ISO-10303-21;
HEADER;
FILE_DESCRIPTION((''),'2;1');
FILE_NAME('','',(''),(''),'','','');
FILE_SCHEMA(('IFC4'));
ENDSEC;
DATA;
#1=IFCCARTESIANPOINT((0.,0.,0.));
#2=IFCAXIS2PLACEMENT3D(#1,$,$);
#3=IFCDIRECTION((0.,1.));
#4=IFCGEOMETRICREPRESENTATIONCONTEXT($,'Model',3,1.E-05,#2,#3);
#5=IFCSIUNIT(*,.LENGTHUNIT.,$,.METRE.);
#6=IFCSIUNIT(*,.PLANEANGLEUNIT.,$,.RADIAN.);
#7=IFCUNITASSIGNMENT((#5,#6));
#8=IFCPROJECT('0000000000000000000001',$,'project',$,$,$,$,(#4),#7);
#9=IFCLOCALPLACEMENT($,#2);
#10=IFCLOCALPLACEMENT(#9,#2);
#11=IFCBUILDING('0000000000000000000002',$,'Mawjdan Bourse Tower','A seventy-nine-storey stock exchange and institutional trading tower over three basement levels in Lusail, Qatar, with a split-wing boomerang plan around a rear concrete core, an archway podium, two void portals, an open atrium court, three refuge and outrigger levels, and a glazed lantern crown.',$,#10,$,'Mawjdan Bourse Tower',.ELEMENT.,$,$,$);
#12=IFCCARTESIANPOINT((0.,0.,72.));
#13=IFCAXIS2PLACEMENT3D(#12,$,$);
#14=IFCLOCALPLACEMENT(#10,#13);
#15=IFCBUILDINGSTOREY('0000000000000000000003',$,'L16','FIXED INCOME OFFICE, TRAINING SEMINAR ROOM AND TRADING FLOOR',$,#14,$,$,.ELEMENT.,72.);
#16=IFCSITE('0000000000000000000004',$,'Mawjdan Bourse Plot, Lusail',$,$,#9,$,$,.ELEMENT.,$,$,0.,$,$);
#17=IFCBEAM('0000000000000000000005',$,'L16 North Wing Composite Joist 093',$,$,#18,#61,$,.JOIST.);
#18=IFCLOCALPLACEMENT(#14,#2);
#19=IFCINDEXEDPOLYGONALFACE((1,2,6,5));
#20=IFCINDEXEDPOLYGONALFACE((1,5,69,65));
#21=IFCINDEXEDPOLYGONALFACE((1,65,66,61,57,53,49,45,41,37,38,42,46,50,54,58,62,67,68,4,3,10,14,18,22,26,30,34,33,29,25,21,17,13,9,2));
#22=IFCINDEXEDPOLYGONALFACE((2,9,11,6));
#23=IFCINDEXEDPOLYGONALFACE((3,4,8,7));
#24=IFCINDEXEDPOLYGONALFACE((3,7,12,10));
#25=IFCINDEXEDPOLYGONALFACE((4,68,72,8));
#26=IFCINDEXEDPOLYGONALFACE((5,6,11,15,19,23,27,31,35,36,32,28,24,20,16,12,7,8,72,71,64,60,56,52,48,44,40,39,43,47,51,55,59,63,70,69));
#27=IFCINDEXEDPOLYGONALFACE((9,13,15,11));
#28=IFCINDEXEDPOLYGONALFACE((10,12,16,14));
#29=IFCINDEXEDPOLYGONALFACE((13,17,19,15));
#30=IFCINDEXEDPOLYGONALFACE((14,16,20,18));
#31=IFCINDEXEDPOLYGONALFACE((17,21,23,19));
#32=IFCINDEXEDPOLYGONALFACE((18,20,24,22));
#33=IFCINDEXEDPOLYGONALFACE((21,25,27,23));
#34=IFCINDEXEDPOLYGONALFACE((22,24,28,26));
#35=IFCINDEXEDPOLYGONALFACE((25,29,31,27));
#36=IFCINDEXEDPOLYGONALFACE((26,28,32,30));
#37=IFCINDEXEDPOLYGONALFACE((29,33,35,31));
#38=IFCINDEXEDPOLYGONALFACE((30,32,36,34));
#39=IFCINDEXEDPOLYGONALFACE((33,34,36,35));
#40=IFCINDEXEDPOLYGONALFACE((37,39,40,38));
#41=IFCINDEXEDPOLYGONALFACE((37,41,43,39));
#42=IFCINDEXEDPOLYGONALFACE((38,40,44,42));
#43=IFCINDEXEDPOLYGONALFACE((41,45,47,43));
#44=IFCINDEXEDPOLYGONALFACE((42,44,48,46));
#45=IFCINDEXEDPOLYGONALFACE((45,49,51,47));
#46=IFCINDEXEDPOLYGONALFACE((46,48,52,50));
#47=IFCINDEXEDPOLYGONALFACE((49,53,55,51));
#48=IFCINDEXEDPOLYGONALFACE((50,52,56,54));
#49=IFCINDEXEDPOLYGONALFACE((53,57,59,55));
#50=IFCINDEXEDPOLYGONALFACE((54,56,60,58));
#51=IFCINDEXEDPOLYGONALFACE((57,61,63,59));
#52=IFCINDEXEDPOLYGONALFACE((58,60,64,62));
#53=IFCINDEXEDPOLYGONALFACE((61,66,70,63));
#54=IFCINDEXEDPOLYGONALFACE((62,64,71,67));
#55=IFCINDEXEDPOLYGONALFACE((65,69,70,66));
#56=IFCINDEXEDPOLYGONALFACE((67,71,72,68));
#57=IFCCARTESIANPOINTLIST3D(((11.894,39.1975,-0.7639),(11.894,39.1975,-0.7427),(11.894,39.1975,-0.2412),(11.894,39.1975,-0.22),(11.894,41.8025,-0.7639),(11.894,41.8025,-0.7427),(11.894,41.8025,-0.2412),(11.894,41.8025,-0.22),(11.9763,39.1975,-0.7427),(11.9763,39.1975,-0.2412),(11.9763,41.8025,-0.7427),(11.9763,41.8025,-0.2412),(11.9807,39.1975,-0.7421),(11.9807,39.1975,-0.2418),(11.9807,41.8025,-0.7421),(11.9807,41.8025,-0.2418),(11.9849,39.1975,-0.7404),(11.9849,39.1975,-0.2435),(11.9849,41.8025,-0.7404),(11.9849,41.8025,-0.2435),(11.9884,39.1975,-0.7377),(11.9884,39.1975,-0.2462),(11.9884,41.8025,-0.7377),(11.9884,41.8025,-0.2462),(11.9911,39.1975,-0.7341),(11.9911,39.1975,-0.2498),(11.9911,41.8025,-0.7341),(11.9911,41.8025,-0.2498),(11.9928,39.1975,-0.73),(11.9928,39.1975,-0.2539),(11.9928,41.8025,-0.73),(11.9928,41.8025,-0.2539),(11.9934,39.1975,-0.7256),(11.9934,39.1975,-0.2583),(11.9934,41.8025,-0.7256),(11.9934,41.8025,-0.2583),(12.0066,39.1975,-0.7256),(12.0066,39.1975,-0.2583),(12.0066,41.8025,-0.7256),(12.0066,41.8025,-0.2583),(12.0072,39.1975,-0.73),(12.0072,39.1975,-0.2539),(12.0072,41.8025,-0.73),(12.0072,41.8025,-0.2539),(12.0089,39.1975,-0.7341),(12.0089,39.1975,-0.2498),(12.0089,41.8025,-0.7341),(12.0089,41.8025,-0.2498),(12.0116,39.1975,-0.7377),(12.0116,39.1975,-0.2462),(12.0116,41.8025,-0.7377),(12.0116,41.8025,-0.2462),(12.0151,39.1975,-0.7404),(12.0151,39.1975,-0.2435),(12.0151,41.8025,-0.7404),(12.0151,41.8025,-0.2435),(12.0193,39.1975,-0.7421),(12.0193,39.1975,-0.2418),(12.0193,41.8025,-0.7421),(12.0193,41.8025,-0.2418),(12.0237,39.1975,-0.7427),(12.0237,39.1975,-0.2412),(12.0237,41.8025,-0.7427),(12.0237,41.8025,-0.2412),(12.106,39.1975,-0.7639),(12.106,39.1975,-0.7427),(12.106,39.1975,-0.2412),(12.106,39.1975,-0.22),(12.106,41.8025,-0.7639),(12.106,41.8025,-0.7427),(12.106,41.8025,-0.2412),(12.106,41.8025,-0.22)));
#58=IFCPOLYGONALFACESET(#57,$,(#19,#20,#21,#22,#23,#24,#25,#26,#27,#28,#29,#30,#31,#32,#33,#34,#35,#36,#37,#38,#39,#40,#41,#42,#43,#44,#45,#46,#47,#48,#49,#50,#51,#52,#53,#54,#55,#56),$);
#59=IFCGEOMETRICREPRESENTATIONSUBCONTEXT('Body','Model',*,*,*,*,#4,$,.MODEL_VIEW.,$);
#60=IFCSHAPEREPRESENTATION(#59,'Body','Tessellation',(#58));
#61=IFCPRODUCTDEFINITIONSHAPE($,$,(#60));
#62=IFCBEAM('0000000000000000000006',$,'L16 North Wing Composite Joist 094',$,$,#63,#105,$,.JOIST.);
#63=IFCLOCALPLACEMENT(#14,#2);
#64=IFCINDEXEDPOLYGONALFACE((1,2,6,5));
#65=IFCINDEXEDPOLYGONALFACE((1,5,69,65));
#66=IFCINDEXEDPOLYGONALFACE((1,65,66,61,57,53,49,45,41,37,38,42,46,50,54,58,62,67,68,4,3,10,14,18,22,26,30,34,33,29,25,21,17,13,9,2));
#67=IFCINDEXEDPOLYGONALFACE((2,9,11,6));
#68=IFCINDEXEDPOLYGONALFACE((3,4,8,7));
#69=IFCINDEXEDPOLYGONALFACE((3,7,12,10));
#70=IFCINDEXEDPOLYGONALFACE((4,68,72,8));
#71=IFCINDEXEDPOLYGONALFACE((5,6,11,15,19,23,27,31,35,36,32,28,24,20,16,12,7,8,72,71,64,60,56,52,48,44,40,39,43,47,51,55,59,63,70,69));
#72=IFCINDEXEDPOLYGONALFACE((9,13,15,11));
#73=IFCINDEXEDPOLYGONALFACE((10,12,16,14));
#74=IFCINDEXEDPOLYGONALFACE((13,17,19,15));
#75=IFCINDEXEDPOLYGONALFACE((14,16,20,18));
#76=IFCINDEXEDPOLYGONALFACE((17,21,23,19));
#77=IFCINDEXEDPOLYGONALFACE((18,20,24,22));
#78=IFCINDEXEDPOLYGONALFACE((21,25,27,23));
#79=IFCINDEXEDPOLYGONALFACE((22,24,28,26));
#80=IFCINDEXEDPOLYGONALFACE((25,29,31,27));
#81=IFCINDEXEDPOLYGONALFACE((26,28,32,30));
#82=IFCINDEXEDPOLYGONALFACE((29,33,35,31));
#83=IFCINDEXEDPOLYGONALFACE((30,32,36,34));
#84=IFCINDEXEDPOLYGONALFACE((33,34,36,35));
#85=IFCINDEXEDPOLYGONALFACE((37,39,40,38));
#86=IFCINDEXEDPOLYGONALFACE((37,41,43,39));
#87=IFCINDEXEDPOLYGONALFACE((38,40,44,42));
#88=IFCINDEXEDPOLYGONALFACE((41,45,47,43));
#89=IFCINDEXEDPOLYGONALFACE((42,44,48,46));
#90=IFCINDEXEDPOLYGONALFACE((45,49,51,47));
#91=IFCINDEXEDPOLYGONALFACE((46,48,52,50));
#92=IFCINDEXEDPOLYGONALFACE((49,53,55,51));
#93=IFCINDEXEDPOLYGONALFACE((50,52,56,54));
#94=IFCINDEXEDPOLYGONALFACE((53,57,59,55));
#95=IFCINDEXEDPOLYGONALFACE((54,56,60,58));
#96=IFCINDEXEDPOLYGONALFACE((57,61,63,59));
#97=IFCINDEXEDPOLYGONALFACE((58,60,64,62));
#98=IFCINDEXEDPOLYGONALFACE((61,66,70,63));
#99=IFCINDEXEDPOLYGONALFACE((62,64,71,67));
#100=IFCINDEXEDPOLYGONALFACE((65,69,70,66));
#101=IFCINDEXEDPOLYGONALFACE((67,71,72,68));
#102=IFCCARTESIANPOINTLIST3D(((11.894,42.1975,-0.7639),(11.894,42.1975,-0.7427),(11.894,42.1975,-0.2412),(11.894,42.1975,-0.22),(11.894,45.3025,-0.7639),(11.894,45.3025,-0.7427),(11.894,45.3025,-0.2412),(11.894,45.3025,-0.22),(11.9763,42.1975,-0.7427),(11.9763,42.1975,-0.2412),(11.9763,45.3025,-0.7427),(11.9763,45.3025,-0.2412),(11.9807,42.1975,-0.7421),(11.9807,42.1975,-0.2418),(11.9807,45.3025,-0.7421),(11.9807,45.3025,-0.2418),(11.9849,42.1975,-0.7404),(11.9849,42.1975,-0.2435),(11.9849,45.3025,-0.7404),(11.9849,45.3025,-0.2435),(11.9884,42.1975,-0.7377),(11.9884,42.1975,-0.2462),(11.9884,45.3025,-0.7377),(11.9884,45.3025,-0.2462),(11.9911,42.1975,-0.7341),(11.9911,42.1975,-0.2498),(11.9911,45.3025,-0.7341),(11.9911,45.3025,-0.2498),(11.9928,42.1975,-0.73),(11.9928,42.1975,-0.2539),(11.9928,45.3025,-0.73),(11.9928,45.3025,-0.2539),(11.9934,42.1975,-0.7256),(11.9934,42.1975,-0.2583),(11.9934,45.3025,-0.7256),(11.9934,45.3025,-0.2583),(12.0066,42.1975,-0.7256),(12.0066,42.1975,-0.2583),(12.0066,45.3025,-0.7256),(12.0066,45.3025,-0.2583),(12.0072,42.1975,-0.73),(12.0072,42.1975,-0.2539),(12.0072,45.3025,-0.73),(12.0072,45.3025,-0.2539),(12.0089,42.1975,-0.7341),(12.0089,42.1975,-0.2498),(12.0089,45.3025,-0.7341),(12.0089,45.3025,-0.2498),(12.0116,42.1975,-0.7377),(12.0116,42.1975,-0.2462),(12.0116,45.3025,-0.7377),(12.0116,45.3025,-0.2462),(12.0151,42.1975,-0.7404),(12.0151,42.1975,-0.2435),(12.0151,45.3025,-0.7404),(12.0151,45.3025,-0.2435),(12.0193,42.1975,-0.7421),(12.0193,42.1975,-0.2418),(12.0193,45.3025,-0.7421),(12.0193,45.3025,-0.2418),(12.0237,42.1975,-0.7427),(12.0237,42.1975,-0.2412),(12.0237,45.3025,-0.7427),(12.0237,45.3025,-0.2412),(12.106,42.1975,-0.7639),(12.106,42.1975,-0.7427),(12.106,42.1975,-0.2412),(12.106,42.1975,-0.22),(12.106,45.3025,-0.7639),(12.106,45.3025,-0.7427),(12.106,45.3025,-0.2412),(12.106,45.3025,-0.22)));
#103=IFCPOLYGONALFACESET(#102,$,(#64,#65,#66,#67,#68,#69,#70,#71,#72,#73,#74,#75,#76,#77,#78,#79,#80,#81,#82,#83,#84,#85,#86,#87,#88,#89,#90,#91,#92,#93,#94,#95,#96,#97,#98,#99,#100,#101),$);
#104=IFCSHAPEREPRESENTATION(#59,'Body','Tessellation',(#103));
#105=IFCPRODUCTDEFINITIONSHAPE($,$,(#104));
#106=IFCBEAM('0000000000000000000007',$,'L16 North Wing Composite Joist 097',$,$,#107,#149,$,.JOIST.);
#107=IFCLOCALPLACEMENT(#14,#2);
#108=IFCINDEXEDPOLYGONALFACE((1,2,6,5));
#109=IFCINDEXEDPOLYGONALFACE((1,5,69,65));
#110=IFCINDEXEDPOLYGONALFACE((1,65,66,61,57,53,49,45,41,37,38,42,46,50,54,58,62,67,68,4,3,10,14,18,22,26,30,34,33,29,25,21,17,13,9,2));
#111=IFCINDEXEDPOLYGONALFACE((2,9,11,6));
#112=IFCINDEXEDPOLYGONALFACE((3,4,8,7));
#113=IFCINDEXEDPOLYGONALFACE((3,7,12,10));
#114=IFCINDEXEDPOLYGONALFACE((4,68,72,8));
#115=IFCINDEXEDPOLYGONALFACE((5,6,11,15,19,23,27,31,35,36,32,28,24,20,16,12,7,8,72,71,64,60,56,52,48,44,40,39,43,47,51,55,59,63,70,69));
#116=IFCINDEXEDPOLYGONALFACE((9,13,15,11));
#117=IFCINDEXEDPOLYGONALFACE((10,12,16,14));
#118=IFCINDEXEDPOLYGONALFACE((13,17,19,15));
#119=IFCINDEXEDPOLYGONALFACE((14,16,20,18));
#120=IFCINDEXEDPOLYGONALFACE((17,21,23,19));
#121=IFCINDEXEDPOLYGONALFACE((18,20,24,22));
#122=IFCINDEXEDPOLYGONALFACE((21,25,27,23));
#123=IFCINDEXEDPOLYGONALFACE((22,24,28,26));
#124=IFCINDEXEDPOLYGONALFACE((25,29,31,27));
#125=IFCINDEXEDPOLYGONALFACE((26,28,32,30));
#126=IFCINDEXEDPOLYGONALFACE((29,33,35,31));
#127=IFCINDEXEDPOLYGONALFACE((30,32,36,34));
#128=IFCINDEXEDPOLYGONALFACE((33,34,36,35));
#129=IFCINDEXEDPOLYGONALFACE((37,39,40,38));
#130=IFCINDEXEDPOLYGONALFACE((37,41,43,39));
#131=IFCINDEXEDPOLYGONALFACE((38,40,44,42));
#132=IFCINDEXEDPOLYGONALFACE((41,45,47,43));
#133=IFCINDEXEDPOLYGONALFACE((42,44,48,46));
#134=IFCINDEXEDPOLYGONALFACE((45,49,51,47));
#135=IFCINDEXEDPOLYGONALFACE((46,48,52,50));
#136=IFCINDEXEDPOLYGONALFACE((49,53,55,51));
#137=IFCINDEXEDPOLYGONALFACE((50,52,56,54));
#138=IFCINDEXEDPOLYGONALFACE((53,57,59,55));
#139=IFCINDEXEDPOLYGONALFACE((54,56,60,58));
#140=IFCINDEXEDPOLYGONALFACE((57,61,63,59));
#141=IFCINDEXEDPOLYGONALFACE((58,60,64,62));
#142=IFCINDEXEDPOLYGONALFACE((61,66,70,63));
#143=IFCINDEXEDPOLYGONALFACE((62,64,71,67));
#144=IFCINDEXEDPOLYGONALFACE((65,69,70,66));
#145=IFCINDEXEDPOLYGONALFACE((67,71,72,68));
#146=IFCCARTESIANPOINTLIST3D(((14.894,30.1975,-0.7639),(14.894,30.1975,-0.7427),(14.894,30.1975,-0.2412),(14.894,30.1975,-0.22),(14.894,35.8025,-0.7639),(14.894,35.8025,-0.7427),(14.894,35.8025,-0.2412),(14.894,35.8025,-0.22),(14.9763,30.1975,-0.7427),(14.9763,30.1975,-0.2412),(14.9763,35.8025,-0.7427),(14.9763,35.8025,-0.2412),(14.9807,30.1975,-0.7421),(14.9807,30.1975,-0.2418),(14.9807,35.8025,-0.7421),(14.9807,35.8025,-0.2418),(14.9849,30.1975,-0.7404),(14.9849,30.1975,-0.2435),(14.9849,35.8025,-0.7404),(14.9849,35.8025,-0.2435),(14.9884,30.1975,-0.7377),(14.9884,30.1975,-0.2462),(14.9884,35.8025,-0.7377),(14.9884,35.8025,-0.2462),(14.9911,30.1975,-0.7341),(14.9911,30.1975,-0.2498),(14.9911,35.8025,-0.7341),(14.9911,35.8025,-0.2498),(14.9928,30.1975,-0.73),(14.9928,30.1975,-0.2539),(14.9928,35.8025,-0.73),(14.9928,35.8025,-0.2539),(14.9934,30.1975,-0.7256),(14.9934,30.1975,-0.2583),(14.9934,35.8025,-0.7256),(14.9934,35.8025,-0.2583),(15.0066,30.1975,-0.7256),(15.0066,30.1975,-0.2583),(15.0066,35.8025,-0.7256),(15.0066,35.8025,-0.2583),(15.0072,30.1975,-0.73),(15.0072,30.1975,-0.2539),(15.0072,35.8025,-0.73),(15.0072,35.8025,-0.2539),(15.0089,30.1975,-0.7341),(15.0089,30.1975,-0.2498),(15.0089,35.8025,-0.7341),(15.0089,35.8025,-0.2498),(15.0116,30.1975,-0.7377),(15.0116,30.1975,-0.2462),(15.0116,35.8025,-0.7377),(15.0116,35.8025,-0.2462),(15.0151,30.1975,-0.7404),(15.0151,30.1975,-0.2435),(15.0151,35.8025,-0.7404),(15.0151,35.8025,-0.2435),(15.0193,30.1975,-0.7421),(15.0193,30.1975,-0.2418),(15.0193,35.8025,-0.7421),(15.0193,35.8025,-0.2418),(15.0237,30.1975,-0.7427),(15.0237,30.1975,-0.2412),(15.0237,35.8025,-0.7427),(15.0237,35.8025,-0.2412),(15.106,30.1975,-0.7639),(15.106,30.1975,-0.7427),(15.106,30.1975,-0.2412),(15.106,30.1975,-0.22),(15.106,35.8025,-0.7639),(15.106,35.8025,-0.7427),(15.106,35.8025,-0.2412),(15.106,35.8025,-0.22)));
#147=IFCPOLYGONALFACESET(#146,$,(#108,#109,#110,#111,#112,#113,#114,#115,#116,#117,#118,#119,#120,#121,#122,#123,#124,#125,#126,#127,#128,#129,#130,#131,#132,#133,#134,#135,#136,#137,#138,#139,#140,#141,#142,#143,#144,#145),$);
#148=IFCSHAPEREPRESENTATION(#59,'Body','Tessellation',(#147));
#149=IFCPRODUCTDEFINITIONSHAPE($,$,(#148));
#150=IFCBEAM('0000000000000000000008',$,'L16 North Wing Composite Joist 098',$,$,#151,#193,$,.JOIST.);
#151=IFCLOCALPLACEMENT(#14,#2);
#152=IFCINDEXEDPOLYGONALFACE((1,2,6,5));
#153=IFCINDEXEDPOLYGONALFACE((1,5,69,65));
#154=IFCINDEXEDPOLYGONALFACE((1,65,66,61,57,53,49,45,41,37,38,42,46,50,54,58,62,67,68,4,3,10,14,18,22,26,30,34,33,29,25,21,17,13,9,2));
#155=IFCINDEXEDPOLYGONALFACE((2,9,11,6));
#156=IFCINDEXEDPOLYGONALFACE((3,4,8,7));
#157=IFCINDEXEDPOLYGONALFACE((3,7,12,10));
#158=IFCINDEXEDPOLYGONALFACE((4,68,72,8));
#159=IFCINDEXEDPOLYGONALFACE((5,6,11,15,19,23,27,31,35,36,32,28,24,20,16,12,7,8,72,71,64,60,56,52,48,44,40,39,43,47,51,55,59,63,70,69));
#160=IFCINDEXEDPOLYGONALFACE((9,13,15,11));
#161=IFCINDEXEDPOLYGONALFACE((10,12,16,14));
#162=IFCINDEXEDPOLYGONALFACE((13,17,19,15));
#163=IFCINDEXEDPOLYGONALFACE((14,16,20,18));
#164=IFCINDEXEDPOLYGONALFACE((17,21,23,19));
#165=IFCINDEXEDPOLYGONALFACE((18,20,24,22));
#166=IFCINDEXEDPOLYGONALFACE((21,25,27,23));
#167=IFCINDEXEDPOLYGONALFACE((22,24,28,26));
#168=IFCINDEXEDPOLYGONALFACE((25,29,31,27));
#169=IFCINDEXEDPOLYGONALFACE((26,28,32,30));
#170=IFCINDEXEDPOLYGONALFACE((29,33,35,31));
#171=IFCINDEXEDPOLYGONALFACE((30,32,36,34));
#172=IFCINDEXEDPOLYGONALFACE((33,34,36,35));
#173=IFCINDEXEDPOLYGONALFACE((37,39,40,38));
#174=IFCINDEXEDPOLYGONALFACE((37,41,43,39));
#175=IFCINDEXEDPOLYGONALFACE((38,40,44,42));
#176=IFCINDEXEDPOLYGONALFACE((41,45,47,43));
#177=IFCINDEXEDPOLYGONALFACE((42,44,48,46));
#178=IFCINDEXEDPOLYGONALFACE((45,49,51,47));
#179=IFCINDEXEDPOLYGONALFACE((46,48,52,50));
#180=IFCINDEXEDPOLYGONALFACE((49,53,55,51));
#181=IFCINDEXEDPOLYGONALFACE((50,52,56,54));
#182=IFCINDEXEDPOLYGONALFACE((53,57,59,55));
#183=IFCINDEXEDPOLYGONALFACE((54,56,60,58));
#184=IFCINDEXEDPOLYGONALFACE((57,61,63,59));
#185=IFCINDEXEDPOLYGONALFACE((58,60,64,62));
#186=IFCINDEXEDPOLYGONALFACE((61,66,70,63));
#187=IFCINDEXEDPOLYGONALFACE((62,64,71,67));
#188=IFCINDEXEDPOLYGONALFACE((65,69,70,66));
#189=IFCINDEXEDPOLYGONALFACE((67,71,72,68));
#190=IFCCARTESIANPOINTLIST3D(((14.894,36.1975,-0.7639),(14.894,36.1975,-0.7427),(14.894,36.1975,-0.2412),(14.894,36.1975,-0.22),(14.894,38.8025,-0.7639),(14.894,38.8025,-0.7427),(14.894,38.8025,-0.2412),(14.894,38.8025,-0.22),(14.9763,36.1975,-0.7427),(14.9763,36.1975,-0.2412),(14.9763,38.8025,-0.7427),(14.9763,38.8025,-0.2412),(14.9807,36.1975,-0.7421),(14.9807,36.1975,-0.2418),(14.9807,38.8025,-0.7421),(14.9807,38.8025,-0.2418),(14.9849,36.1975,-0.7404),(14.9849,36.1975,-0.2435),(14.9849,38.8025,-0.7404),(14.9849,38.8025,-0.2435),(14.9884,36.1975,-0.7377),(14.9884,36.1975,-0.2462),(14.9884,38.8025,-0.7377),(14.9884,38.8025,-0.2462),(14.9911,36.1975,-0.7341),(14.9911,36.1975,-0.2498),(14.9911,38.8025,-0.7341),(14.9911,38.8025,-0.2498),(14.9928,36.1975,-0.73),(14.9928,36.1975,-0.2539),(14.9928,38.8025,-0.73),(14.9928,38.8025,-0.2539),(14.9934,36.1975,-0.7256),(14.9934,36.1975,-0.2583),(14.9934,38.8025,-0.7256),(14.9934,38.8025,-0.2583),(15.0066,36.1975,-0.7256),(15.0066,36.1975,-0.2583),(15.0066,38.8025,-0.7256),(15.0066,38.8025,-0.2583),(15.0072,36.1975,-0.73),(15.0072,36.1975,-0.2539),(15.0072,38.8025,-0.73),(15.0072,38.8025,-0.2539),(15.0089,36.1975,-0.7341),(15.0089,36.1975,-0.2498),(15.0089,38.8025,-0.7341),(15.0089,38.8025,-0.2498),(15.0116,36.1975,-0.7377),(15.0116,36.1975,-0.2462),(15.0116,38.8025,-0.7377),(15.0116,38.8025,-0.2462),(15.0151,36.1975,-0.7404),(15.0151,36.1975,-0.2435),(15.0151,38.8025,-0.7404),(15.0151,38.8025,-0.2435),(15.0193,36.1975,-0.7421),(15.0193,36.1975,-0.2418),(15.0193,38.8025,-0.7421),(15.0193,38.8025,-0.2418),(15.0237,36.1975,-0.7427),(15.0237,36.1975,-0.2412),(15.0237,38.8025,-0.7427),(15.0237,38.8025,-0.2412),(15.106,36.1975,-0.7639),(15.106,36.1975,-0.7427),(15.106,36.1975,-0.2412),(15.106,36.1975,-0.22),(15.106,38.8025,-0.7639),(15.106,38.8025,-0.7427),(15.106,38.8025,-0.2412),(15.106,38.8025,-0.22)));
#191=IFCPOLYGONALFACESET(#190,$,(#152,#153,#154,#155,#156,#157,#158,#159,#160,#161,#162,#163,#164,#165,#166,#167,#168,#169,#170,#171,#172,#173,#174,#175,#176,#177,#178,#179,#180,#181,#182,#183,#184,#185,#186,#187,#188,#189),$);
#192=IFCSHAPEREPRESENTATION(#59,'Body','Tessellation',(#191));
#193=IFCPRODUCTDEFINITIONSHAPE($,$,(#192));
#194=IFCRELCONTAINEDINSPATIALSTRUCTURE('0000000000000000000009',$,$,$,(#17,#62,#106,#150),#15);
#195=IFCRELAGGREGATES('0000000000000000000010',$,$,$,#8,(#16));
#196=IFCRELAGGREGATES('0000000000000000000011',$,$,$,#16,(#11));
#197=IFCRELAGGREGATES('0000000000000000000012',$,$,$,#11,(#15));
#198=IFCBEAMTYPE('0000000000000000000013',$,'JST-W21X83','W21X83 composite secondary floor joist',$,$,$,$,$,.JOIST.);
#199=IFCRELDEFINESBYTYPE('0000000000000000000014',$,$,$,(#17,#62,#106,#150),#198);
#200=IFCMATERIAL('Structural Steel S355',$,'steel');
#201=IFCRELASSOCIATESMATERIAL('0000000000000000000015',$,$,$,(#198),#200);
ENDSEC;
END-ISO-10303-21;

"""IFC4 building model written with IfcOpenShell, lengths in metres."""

from ifc_helpers import new_model, si_unit, direction, frame, origin, origin_2d, place, context, subcontext, project, spatial, i_section, extrude, material, material_profile, profile_set, type_object, element, save


model = new_model("IFC4")

# Units and contexts
model_context = context("Model", 3, precision=1e-05, world=origin(), true_north=direction((0.0, 1.0)))
body_context = subcontext(model_context, "Body", "Model", "MODEL_VIEW")
ifc_project = project(units=[si_unit("LENGTHUNIT", "METRE"), si_unit("PLANEANGLEUNIT", "RADIAN")], contexts=[model_context])

# Site, building, storey
site_placement = place(None, origin())
site = spatial("IfcSite", under=ifc_project, at=site_placement, Name="Mawjdan Bourse Plot, Lusail", CompositionType="ELEMENT", RefElevation=0.0)
building_placement = place(site_placement, origin())
building = spatial("IfcBuilding", under=site, at=building_placement, Name="Mawjdan Bourse Tower", Description="A seventy-nine-storey stock exchange and institutional trading tower over three basement levels in Lusail, Qatar, with a split-wing boomerang plan around a rear concrete core, an archway podium, two void portals, an open atrium court, three refuge and outrigger levels, and a glazed lantern crown.", LongName="Mawjdan Bourse Tower", CompositionType="ELEMENT")
storey_placement = place(building_placement, frame((0.0, 0.0, 72.0)))
storey = spatial("IfcBuildingStorey", under=building, at=storey_placement, Name="L16", Description="FIXED INCOME OFFICE, TRAINING SEMINAR ROOM AND TRADING FLOOR", CompositionType="ELEMENT", Elevation=72.0)

# Beams
ifc_material_1 = material(Name="Structural Steel S355", Category="steel")
ifc_material_profile_1 = material_profile(ifc_material_1, i_section(OverallWidth=0.2119, OverallDepth=0.5439, WebThickness=0.0132, FlangeThickness=0.0212, FilletRadius=0.0171, at=origin_2d()), Name="W21X83")
ifc_profile_set_1 = profile_set([ifc_material_profile_1], Name="Structural Steel S355")
beam_type_1 = type_object("IfcBeamType", Name="JST-W21X83", Description="W21X83 composite secondary floor joist", PredefinedType="JOIST", material=ifc_profile_set_1)
for number, where, z_axis, x_axis, name in (
    (1, (12.0, 39.1975, -0.4919), (0.0, 1.0, 0.0), (-1.0, 0.0, 0.0), "L16 North Wing Composite Joist 093"),
):
    element("IfcBeam", number, at=place(storey_placement, frame(where, z_axis=z_axis, x_axis=x_axis)), inside=storey, type_object=beam_type_1, Name=name, PredefinedType="JOIST", context=body_context, shape_type="SweptSolid", body=[
        extrude(i_section(OverallWidth=0.2119, OverallDepth=0.5439, WebThickness=0.0132, FlangeThickness=0.0212, FilletRadius=0.0171, at=origin_2d()), origin(), (0.0, 0.0, 1.0), 2.605),
    ])
beam_1_placement = place(storey_placement, frame((12.0, 42.1975, -0.4919), z_axis=(0.0, 1.0, 0.0), x_axis=(-1.0, 0.0, 0.0)))
element("IfcBeam", 2, at=beam_1_placement, inside=storey, type_object=beam_type_1, Name="L16 North Wing Composite Joist 094", PredefinedType="JOIST", context=body_context, shape_type="SweptSolid", body=[
    extrude(i_section(OverallWidth=0.2119, OverallDepth=0.5439, WebThickness=0.0132, FlangeThickness=0.0212, FilletRadius=0.0171, at=origin_2d()), origin(), (0.0, 0.0, 1.0), 3.105),
])
beam_2_placement = place(storey_placement, frame((15.0, 30.1975, -0.4919), z_axis=(0.0, 1.0, 0.0), x_axis=(-1.0, 0.0, 0.0)))
element("IfcBeam", 3, at=beam_2_placement, inside=storey, type_object=beam_type_1, Name="L16 North Wing Composite Joist 097", PredefinedType="JOIST", context=body_context, shape_type="SweptSolid", body=[
    extrude(i_section(OverallWidth=0.2119, OverallDepth=0.5439, WebThickness=0.0132, FlangeThickness=0.0212, FilletRadius=0.0171, at=origin_2d()), origin(), (0.0, 0.0, 1.0), 5.605),
])
for number, where, z_axis, x_axis, name in (
    (4, (15.0, 36.1975, -0.4919), (0.0, 1.0, 0.0), (-1.0, 0.0, 0.0), "L16 North Wing Composite Joist 098"),
):
    element("IfcBeam", number, at=place(storey_placement, frame(where, z_axis=z_axis, x_axis=x_axis)), inside=storey, type_object=beam_type_1, Name=name, PredefinedType="JOIST", context=body_context, shape_type="SweptSolid", body=[
        extrude(i_section(OverallWidth=0.2119, OverallDepth=0.5439, WebThickness=0.0132, FlangeThickness=0.0212, FilletRadius=0.0171, at=origin_2d()), origin(), (0.0, 0.0, 1.0), 2.605),
    ])

save(model, "model.ifc")
